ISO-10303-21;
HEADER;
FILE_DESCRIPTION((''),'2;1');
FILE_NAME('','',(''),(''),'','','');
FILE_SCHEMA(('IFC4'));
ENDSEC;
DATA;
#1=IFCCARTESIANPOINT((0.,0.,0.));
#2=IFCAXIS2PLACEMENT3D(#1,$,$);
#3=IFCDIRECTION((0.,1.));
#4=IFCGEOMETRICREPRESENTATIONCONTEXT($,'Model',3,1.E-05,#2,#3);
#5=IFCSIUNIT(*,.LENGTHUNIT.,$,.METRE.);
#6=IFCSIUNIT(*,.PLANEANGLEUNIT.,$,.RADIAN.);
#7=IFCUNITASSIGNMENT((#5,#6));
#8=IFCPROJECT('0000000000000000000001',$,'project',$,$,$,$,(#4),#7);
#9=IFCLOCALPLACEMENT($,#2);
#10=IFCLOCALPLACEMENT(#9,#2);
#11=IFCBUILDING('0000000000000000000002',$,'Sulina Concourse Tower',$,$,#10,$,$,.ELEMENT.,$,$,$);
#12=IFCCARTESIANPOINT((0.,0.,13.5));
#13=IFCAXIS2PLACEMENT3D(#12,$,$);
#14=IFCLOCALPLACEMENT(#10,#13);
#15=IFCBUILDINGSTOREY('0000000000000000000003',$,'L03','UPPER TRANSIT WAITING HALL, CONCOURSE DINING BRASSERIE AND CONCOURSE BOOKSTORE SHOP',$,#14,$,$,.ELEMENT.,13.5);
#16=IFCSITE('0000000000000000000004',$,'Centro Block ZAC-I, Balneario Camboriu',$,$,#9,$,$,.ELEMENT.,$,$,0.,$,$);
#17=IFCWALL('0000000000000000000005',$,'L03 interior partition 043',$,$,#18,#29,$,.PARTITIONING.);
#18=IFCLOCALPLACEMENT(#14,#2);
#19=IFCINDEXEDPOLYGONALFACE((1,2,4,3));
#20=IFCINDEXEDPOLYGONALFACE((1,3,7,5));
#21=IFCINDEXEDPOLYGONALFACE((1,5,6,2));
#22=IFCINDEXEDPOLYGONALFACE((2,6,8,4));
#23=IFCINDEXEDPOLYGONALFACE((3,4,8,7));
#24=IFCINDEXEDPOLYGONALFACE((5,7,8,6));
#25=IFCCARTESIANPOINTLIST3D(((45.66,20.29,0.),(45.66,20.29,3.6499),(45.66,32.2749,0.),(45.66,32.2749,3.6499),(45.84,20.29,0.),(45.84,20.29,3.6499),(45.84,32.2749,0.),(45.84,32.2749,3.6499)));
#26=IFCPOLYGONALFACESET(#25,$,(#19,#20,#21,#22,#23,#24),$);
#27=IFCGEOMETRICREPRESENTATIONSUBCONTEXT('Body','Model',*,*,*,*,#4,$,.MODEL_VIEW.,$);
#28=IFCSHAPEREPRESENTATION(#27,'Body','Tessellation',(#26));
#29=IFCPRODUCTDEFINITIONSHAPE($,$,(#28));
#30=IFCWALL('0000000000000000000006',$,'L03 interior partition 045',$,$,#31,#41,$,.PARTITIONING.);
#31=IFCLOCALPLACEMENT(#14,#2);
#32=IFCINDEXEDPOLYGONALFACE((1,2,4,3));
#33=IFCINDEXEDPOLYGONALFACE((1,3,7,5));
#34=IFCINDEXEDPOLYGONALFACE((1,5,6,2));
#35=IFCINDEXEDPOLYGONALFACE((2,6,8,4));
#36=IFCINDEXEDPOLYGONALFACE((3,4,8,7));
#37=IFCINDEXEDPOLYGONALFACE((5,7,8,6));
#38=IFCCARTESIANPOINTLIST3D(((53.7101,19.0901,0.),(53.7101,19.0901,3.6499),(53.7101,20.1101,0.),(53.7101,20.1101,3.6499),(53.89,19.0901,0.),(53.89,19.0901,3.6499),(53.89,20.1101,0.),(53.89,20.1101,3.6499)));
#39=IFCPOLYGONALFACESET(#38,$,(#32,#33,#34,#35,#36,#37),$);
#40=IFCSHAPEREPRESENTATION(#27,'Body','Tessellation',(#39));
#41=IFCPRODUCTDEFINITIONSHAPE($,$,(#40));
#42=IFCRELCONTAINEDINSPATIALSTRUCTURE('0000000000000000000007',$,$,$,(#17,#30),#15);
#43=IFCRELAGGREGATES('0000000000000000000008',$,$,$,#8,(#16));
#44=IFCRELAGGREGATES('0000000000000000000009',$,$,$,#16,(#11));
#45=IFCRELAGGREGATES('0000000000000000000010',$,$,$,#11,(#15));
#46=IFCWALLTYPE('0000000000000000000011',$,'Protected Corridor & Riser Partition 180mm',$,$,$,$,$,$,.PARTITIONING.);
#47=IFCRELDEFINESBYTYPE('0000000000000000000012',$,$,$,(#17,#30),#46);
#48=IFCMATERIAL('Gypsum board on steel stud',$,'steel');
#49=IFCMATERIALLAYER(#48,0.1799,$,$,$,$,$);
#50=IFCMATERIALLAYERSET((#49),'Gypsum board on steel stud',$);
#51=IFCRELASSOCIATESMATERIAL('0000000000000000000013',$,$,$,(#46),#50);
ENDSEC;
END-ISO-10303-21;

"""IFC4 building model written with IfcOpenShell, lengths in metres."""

from ifc_helpers import new_model, si_unit, direction, frame, frame_2d, origin, place, context, subcontext, project, spatial, rectangle, extrude, material, layer, layer_set, type_object, element, save


model = new_model("IFC4")

# Units and contexts
model_context = context("Model", 3, precision=1e-05, world=origin(), true_north=direction((0.0, 1.0)))
body_context = subcontext(model_context, "Body", "Model", "MODEL_VIEW")
ifc_project = project(units=[si_unit("LENGTHUNIT", "METRE"), si_unit("PLANEANGLEUNIT", "RADIAN")], contexts=[model_context])

# Site, building, storey
site_placement = place(None, origin())
site = spatial("IfcSite", under=ifc_project, at=site_placement, Name="Centro Block ZAC-I, Balneario Camboriu", CompositionType="ELEMENT", RefElevation=0.0)
building_placement = place(site_placement, origin())
building = spatial("IfcBuilding", under=site, at=building_placement, Name="Sulina Concourse Tower", CompositionType="ELEMENT")
storey_placement = place(building_placement, frame((0.0, 0.0, 13.5)))
storey = spatial("IfcBuildingStorey", under=building, at=storey_placement, Name="L03", Description="UPPER TRANSIT WAITING HALL, CONCOURSE DINING BRASSERIE AND CONCOURSE BOOKSTORE SHOP", CompositionType="ELEMENT", Elevation=13.5)

# Walls
ifc_material_1 = material(Name="Gypsum board on steel stud", Category="steel")
ifc_layer_1 = layer(ifc_material_1, 0.1799)
ifc_layer_set_1 = layer_set([ifc_layer_1], Name="Gypsum board on steel stud")
wall_type_1 = type_object("IfcWallType", Name="Protected Corridor & Riser Partition 180mm", PredefinedType="PARTITIONING", material=ifc_layer_set_1)
wall_1_placement = place(storey_placement, frame((45.75, 20.29, 0.0), z_axis=(0.0, 0.0, 1.0), x_axis=(0.0, 1.0, 0.0)))
element("IfcWall", 1, at=wall_1_placement, inside=storey, type_object=wall_type_1, Name="L03 interior partition 043", PredefinedType="PARTITIONING", context=body_context, shape_type="SweptSolid", body=[
    extrude(rectangle(XDim=11.9849, YDim=0.1799, at=frame_2d((5.9924, 0.0))), origin(), (0.0, 0.0, 1.0), 3.6499),
])
wall_2_placement = place(storey_placement, frame((53.8, 19.0901, 0.0), z_axis=(0.0, 0.0, 1.0), x_axis=(0.0, 1.0, 0.0)))
element("IfcWall", 2, at=wall_2_placement, inside=storey, type_object=wall_type_1, Name="L03 interior partition 045", PredefinedType="PARTITIONING", context=body_context, shape_type="SweptSolid", body=[
    extrude(rectangle(XDim=1.02, YDim=0.1799, at=frame_2d((0.51, 0.0))), origin(), (0.0, 0.0, 1.0), 3.6499),
])

save(model, "model.ifc")
